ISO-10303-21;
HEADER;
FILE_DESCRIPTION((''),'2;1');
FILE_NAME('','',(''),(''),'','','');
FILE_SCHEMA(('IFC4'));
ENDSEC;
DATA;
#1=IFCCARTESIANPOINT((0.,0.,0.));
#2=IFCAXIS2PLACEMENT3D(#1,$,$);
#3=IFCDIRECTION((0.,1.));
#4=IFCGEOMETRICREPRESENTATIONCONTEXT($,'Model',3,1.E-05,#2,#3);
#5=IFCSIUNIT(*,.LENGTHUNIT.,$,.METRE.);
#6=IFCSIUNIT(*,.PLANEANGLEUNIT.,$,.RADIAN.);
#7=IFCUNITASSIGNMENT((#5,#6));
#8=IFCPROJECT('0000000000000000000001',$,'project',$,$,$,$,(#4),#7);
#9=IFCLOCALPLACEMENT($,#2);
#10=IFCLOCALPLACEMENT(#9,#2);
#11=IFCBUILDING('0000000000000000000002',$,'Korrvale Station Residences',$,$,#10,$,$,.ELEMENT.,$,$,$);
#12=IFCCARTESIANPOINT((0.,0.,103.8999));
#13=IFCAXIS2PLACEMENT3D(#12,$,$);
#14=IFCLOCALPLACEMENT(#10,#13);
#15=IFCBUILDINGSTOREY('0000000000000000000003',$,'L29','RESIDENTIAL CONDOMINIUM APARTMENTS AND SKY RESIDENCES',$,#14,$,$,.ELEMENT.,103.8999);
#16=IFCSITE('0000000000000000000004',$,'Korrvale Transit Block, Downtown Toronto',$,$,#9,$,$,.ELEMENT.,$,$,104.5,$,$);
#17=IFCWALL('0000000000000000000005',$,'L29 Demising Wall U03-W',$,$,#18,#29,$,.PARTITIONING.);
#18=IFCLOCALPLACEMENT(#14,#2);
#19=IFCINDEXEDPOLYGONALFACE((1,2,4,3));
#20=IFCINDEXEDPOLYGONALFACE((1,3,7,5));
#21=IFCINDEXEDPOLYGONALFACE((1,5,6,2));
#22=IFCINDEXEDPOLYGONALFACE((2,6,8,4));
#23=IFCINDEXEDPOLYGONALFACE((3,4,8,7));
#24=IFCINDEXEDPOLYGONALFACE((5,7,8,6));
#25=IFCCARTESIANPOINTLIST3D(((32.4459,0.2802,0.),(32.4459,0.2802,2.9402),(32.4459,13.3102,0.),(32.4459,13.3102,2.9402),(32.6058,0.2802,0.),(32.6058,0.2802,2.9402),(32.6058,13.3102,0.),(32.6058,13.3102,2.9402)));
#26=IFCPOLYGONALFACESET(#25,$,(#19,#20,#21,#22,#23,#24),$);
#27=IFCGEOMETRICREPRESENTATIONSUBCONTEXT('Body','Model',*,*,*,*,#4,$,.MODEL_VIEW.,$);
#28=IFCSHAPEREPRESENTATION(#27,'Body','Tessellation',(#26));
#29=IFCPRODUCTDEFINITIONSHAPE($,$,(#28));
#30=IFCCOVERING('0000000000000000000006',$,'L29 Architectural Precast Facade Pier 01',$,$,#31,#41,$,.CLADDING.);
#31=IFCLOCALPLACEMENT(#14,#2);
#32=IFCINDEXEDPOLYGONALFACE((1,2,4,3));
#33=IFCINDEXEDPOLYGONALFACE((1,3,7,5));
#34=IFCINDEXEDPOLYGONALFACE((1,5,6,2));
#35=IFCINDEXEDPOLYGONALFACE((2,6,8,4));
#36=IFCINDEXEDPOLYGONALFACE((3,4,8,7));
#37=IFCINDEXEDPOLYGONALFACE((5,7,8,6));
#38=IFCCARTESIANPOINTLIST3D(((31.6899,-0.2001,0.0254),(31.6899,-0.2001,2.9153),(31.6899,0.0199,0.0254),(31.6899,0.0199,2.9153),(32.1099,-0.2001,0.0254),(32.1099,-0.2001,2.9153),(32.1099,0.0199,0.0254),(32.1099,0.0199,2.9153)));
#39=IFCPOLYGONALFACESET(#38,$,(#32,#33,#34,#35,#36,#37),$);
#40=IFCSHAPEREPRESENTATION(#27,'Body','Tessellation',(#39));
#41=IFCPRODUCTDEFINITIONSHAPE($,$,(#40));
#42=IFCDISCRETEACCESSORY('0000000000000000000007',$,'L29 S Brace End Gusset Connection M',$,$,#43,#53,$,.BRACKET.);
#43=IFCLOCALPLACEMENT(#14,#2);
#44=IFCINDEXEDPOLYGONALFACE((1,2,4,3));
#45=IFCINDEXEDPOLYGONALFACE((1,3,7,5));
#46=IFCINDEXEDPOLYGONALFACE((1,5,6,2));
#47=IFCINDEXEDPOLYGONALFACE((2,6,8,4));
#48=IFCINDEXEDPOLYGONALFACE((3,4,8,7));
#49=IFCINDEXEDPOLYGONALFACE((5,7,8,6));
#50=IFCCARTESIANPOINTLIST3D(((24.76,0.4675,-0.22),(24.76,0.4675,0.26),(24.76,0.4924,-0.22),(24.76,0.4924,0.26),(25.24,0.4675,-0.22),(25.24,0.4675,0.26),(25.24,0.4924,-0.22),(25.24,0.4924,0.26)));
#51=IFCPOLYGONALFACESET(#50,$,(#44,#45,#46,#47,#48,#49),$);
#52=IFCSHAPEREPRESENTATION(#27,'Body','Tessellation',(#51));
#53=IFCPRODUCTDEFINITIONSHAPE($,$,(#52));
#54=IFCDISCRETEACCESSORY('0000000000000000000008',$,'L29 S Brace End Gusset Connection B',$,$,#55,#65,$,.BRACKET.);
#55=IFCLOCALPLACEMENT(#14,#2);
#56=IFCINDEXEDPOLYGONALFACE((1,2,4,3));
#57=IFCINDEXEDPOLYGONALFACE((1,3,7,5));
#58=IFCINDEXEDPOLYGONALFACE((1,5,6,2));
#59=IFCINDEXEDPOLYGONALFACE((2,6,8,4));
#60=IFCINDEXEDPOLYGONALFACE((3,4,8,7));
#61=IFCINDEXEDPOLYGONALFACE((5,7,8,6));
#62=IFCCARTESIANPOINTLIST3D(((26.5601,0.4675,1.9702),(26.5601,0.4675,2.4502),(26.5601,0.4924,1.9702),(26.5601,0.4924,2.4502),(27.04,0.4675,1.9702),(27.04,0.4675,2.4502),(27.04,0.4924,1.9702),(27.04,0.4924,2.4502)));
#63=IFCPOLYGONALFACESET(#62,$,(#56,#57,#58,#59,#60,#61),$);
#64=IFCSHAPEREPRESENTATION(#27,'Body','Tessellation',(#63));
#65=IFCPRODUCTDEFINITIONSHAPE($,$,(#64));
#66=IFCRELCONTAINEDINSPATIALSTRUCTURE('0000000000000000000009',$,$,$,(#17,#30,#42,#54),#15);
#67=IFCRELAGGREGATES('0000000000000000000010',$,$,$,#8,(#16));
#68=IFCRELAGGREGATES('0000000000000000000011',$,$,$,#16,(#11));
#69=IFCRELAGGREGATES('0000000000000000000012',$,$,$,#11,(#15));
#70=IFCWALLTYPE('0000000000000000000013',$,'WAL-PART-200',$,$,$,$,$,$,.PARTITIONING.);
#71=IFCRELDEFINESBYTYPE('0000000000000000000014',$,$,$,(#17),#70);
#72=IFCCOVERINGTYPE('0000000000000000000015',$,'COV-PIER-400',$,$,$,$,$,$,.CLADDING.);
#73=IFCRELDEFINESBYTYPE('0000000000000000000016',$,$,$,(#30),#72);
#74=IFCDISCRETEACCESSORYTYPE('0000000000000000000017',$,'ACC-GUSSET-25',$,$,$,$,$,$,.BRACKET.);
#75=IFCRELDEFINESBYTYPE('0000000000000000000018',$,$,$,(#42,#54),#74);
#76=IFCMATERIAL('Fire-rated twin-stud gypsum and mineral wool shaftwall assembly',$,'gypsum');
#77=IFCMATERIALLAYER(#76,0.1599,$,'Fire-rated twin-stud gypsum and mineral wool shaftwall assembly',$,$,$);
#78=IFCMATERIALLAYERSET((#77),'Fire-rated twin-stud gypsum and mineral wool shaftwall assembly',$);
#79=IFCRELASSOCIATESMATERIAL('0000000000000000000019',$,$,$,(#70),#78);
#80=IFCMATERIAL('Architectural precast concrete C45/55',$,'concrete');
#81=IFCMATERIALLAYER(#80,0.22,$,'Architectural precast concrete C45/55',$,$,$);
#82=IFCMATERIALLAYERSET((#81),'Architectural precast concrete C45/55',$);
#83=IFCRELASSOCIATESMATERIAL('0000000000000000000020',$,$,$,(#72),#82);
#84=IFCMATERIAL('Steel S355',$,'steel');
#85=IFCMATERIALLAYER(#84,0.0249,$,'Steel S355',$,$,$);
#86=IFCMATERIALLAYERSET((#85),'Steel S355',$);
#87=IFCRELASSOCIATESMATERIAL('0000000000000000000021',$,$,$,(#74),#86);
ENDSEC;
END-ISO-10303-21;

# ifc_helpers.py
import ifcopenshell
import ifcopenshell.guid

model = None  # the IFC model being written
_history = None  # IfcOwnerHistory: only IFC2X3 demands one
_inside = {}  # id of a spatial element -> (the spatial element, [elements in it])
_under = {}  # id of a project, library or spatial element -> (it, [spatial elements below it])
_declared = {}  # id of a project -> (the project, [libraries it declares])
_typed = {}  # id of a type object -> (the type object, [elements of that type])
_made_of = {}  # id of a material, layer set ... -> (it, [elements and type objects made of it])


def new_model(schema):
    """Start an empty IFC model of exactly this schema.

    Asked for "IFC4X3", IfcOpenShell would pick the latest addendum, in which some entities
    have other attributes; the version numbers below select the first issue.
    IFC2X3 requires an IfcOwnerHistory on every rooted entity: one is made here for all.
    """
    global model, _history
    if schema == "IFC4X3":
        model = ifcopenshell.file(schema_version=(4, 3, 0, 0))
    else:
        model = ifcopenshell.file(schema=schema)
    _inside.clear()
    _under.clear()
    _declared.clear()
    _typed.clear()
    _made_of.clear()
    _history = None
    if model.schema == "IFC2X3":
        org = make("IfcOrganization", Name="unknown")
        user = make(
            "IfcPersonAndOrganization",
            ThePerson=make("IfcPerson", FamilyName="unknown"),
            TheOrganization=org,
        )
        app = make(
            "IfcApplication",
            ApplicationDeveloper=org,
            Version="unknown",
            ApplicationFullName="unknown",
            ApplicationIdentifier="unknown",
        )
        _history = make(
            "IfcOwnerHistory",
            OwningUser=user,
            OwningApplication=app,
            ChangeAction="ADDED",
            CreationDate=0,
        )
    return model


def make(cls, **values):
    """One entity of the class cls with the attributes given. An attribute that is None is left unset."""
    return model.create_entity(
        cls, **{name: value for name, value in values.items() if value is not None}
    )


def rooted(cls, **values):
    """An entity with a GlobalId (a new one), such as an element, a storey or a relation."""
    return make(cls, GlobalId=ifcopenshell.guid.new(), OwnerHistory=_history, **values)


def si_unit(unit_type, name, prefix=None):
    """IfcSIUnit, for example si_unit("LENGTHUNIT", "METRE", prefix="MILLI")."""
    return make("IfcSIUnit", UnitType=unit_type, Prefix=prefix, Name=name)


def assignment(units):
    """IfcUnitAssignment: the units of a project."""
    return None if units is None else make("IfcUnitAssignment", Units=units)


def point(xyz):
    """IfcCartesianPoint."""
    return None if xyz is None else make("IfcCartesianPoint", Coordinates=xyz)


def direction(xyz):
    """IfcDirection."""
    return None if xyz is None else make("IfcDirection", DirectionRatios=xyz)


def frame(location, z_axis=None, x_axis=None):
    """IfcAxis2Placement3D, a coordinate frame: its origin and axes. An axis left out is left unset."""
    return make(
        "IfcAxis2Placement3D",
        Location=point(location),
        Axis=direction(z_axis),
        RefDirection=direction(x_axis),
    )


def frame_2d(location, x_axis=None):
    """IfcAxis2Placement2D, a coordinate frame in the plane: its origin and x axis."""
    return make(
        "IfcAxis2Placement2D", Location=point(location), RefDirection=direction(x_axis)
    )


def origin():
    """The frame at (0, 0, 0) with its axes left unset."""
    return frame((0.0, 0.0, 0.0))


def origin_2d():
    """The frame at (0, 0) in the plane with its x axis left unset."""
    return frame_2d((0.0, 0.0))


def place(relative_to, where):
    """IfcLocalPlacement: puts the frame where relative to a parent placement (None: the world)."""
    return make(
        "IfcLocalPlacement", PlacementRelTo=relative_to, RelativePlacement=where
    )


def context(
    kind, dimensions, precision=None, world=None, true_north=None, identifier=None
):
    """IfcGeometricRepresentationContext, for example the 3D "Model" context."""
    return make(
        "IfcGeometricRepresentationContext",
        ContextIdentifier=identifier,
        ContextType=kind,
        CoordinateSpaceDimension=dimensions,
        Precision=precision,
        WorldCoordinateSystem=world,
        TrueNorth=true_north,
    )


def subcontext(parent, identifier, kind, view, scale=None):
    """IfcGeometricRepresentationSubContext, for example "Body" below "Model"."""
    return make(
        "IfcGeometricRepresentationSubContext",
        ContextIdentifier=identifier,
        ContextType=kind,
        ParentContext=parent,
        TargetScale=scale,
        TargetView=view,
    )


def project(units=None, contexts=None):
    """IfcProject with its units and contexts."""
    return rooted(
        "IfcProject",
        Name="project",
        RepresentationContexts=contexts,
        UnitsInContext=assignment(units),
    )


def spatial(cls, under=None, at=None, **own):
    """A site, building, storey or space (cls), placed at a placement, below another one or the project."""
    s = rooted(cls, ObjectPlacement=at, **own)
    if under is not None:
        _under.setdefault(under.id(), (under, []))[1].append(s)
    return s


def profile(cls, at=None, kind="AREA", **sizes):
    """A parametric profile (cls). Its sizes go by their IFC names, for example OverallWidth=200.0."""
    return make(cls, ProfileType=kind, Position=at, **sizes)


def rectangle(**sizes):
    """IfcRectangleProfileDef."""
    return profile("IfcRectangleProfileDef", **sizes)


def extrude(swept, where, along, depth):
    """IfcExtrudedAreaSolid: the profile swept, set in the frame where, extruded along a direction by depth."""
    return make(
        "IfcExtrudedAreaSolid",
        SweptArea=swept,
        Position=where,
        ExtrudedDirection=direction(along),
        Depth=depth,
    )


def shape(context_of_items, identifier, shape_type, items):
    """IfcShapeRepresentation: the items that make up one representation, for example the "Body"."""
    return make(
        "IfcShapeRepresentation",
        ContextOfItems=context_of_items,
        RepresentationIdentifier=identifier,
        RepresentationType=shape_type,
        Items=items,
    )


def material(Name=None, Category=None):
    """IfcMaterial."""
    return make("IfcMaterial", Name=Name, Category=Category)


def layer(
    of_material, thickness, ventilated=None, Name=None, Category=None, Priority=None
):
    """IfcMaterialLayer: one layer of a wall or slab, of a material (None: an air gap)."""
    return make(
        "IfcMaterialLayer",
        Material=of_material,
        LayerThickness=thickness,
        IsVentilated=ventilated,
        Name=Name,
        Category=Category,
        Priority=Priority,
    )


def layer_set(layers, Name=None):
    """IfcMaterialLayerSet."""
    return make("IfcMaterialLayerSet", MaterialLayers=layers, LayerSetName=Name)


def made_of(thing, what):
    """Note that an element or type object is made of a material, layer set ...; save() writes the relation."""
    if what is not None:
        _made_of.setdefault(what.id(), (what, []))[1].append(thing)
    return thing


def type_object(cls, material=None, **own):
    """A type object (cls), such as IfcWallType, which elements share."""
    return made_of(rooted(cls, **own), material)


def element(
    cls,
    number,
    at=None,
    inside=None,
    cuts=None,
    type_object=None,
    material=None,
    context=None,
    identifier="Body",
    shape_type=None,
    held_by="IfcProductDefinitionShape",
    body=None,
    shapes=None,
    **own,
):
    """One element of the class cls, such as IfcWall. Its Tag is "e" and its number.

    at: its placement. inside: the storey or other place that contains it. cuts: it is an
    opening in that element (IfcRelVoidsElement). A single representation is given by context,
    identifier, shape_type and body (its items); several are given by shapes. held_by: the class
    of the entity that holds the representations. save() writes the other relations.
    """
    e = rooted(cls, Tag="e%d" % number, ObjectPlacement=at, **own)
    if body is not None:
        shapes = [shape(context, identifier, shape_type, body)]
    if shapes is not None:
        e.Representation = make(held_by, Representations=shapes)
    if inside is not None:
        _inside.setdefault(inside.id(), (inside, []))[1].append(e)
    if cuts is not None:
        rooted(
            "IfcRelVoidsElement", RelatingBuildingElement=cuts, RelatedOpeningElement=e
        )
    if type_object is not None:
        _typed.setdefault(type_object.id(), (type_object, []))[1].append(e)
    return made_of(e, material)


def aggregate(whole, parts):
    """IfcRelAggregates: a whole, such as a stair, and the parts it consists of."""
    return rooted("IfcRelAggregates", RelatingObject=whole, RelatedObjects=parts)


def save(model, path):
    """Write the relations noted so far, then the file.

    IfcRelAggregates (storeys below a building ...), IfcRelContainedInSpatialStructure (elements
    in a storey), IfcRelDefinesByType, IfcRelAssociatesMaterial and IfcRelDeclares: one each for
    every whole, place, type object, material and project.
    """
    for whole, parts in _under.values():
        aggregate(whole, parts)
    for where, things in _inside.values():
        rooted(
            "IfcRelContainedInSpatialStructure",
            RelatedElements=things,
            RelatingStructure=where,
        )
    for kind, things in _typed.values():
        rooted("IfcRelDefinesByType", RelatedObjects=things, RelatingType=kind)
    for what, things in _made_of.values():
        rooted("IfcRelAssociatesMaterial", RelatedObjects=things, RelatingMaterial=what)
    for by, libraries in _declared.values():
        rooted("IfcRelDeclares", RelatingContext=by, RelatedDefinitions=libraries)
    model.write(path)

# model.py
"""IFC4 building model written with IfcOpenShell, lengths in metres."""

from ifc_helpers import new_model, si_unit, direction, frame, frame_2d, origin, origin_2d, place, context, subcontext, project, spatial, rectangle, extrude, material, layer, layer_set, type_object, element, save


model = new_model("IFC4")

# Units and contexts
model_context = context("Model", 3, precision=1e-05, world=origin(), true_north=direction((0.0, 1.0)))
body_context = subcontext(model_context, "Body", "Model", "MODEL_VIEW")
ifc_project = project(units=[si_unit("LENGTHUNIT", "METRE"), si_unit("PLANEANGLEUNIT", "RADIAN")], contexts=[model_context])

# Site, building, storey
site_placement = place(None, origin())
site = spatial("IfcSite", under=ifc_project, at=site_placement, Name="Korrvale Transit Block, Downtown Toronto", CompositionType="ELEMENT", RefElevation=104.5)
building_placement = place(site_placement, origin())
building = spatial("IfcBuilding", under=site, at=building_placement, Name="Korrvale Station Residences", CompositionType="ELEMENT")
storey_placement = place(building_placement, frame((0.0, 0.0, 103.8999)))
storey = spatial("IfcBuildingStorey", under=building, at=storey_placement, Name="L29", Description="RESIDENTIAL CONDOMINIUM APARTMENTS AND SKY RESIDENCES", CompositionType="ELEMENT", Elevation=103.8999)

# Shared definitions
ifc_material_1 = material(Name="Steel S355", Category="steel")

# Wall
ifc_material_2 = material(Name="Fire-rated twin-stud gypsum and mineral wool shaftwall assembly", Category="gypsum")
ifc_layer_1 = layer(ifc_material_2, 0.1599, Name="Fire-rated twin-stud gypsum and mineral wool shaftwall assembly")
ifc_layer_set_1 = layer_set([ifc_layer_1], Name="Fire-rated twin-stud gypsum and mineral wool shaftwall assembly")
wall_type_1 = type_object("IfcWallType", Name="WAL-PART-200", PredefinedType="PARTITIONING", material=ifc_layer_set_1)
wall_1_placement = place(storey_placement, frame((32.5259, 0.28, 0.0), z_axis=(0.0, 0.0, 1.0), x_axis=(0.0, 1.0, 0.0)))
element("IfcWall", 1, at=wall_1_placement, inside=storey, type_object=wall_type_1, Name="L29 Demising Wall U03-W", PredefinedType="PARTITIONING", context=body_context, shape_type="SweptSolid", body=[
    extrude(rectangle(XDim=13.03, YDim=0.1599, at=frame_2d((6.5151, 0.0))), origin(), (0.0, 0.0, 1.0), 2.9402),
])

# Covering
ifc_material_3 = material(Name="Architectural precast concrete C45/55", Category="concrete")
ifc_layer_2 = layer(ifc_material_3, 0.22, Name="Architectural precast concrete C45/55")
ifc_layer_set_2 = layer_set([ifc_layer_2], Name="Architectural precast concrete C45/55")
covering_type = type_object("IfcCoveringType", Name="COV-PIER-400", PredefinedType="CLADDING", material=ifc_layer_set_2)
covering_placement = place(storey_placement, frame((31.8999, -0.0901, 0.0254), z_axis=(0.0, 0.0, 1.0), x_axis=(1.0, 0.0, 0.0)))
element("IfcCovering", 2, at=covering_placement, inside=storey, type_object=covering_type, Name="L29 Architectural Precast Facade Pier 01", PredefinedType="CLADDING", context=body_context, shape_type="SweptSolid", body=[
    extrude(rectangle(XDim=0.4199, YDim=0.22, at=origin_2d()), origin(), (0.0, 0.0, 1.0), 2.8899),
])

# Discrete accessories
ifc_layer_3 = layer(ifc_material_1, 0.0249, Name="Steel S355")
ifc_layer_set_3 = layer_set([ifc_layer_3], Name="Steel S355")
discrete_accessory_type = type_object("IfcDiscreteAccessoryType", Name="ACC-GUSSET-25", PredefinedType="BRACKET", material=ifc_layer_set_3)
for number, where, z_axis, x_axis, name in (
    (3, (25.0, 0.48, -0.22), (0.0, 0.0, 1.0), (1.0, 0.0, 0.0), "L29 S Brace End Gusset Connection M"),
    (4, (26.8, 0.48, 1.9702), (0.0, 0.0, 1.0), (1.0, 0.0, 0.0), "L29 S Brace End Gusset Connection B"),
):
    element("IfcDiscreteAccessory", number, at=place(storey_placement, frame(where, z_axis=z_axis, x_axis=x_axis)), inside=storey, type_object=discrete_accessory_type, Name=name, PredefinedType="BRACKET", context=body_context, shape_type="SweptSolid", body=[
        extrude(rectangle(XDim=0.48, YDim=0.0249, at=origin_2d()), origin(), (0.0, 0.0, 1.0), 0.48),
    ])

save(model, "model.ifc")
